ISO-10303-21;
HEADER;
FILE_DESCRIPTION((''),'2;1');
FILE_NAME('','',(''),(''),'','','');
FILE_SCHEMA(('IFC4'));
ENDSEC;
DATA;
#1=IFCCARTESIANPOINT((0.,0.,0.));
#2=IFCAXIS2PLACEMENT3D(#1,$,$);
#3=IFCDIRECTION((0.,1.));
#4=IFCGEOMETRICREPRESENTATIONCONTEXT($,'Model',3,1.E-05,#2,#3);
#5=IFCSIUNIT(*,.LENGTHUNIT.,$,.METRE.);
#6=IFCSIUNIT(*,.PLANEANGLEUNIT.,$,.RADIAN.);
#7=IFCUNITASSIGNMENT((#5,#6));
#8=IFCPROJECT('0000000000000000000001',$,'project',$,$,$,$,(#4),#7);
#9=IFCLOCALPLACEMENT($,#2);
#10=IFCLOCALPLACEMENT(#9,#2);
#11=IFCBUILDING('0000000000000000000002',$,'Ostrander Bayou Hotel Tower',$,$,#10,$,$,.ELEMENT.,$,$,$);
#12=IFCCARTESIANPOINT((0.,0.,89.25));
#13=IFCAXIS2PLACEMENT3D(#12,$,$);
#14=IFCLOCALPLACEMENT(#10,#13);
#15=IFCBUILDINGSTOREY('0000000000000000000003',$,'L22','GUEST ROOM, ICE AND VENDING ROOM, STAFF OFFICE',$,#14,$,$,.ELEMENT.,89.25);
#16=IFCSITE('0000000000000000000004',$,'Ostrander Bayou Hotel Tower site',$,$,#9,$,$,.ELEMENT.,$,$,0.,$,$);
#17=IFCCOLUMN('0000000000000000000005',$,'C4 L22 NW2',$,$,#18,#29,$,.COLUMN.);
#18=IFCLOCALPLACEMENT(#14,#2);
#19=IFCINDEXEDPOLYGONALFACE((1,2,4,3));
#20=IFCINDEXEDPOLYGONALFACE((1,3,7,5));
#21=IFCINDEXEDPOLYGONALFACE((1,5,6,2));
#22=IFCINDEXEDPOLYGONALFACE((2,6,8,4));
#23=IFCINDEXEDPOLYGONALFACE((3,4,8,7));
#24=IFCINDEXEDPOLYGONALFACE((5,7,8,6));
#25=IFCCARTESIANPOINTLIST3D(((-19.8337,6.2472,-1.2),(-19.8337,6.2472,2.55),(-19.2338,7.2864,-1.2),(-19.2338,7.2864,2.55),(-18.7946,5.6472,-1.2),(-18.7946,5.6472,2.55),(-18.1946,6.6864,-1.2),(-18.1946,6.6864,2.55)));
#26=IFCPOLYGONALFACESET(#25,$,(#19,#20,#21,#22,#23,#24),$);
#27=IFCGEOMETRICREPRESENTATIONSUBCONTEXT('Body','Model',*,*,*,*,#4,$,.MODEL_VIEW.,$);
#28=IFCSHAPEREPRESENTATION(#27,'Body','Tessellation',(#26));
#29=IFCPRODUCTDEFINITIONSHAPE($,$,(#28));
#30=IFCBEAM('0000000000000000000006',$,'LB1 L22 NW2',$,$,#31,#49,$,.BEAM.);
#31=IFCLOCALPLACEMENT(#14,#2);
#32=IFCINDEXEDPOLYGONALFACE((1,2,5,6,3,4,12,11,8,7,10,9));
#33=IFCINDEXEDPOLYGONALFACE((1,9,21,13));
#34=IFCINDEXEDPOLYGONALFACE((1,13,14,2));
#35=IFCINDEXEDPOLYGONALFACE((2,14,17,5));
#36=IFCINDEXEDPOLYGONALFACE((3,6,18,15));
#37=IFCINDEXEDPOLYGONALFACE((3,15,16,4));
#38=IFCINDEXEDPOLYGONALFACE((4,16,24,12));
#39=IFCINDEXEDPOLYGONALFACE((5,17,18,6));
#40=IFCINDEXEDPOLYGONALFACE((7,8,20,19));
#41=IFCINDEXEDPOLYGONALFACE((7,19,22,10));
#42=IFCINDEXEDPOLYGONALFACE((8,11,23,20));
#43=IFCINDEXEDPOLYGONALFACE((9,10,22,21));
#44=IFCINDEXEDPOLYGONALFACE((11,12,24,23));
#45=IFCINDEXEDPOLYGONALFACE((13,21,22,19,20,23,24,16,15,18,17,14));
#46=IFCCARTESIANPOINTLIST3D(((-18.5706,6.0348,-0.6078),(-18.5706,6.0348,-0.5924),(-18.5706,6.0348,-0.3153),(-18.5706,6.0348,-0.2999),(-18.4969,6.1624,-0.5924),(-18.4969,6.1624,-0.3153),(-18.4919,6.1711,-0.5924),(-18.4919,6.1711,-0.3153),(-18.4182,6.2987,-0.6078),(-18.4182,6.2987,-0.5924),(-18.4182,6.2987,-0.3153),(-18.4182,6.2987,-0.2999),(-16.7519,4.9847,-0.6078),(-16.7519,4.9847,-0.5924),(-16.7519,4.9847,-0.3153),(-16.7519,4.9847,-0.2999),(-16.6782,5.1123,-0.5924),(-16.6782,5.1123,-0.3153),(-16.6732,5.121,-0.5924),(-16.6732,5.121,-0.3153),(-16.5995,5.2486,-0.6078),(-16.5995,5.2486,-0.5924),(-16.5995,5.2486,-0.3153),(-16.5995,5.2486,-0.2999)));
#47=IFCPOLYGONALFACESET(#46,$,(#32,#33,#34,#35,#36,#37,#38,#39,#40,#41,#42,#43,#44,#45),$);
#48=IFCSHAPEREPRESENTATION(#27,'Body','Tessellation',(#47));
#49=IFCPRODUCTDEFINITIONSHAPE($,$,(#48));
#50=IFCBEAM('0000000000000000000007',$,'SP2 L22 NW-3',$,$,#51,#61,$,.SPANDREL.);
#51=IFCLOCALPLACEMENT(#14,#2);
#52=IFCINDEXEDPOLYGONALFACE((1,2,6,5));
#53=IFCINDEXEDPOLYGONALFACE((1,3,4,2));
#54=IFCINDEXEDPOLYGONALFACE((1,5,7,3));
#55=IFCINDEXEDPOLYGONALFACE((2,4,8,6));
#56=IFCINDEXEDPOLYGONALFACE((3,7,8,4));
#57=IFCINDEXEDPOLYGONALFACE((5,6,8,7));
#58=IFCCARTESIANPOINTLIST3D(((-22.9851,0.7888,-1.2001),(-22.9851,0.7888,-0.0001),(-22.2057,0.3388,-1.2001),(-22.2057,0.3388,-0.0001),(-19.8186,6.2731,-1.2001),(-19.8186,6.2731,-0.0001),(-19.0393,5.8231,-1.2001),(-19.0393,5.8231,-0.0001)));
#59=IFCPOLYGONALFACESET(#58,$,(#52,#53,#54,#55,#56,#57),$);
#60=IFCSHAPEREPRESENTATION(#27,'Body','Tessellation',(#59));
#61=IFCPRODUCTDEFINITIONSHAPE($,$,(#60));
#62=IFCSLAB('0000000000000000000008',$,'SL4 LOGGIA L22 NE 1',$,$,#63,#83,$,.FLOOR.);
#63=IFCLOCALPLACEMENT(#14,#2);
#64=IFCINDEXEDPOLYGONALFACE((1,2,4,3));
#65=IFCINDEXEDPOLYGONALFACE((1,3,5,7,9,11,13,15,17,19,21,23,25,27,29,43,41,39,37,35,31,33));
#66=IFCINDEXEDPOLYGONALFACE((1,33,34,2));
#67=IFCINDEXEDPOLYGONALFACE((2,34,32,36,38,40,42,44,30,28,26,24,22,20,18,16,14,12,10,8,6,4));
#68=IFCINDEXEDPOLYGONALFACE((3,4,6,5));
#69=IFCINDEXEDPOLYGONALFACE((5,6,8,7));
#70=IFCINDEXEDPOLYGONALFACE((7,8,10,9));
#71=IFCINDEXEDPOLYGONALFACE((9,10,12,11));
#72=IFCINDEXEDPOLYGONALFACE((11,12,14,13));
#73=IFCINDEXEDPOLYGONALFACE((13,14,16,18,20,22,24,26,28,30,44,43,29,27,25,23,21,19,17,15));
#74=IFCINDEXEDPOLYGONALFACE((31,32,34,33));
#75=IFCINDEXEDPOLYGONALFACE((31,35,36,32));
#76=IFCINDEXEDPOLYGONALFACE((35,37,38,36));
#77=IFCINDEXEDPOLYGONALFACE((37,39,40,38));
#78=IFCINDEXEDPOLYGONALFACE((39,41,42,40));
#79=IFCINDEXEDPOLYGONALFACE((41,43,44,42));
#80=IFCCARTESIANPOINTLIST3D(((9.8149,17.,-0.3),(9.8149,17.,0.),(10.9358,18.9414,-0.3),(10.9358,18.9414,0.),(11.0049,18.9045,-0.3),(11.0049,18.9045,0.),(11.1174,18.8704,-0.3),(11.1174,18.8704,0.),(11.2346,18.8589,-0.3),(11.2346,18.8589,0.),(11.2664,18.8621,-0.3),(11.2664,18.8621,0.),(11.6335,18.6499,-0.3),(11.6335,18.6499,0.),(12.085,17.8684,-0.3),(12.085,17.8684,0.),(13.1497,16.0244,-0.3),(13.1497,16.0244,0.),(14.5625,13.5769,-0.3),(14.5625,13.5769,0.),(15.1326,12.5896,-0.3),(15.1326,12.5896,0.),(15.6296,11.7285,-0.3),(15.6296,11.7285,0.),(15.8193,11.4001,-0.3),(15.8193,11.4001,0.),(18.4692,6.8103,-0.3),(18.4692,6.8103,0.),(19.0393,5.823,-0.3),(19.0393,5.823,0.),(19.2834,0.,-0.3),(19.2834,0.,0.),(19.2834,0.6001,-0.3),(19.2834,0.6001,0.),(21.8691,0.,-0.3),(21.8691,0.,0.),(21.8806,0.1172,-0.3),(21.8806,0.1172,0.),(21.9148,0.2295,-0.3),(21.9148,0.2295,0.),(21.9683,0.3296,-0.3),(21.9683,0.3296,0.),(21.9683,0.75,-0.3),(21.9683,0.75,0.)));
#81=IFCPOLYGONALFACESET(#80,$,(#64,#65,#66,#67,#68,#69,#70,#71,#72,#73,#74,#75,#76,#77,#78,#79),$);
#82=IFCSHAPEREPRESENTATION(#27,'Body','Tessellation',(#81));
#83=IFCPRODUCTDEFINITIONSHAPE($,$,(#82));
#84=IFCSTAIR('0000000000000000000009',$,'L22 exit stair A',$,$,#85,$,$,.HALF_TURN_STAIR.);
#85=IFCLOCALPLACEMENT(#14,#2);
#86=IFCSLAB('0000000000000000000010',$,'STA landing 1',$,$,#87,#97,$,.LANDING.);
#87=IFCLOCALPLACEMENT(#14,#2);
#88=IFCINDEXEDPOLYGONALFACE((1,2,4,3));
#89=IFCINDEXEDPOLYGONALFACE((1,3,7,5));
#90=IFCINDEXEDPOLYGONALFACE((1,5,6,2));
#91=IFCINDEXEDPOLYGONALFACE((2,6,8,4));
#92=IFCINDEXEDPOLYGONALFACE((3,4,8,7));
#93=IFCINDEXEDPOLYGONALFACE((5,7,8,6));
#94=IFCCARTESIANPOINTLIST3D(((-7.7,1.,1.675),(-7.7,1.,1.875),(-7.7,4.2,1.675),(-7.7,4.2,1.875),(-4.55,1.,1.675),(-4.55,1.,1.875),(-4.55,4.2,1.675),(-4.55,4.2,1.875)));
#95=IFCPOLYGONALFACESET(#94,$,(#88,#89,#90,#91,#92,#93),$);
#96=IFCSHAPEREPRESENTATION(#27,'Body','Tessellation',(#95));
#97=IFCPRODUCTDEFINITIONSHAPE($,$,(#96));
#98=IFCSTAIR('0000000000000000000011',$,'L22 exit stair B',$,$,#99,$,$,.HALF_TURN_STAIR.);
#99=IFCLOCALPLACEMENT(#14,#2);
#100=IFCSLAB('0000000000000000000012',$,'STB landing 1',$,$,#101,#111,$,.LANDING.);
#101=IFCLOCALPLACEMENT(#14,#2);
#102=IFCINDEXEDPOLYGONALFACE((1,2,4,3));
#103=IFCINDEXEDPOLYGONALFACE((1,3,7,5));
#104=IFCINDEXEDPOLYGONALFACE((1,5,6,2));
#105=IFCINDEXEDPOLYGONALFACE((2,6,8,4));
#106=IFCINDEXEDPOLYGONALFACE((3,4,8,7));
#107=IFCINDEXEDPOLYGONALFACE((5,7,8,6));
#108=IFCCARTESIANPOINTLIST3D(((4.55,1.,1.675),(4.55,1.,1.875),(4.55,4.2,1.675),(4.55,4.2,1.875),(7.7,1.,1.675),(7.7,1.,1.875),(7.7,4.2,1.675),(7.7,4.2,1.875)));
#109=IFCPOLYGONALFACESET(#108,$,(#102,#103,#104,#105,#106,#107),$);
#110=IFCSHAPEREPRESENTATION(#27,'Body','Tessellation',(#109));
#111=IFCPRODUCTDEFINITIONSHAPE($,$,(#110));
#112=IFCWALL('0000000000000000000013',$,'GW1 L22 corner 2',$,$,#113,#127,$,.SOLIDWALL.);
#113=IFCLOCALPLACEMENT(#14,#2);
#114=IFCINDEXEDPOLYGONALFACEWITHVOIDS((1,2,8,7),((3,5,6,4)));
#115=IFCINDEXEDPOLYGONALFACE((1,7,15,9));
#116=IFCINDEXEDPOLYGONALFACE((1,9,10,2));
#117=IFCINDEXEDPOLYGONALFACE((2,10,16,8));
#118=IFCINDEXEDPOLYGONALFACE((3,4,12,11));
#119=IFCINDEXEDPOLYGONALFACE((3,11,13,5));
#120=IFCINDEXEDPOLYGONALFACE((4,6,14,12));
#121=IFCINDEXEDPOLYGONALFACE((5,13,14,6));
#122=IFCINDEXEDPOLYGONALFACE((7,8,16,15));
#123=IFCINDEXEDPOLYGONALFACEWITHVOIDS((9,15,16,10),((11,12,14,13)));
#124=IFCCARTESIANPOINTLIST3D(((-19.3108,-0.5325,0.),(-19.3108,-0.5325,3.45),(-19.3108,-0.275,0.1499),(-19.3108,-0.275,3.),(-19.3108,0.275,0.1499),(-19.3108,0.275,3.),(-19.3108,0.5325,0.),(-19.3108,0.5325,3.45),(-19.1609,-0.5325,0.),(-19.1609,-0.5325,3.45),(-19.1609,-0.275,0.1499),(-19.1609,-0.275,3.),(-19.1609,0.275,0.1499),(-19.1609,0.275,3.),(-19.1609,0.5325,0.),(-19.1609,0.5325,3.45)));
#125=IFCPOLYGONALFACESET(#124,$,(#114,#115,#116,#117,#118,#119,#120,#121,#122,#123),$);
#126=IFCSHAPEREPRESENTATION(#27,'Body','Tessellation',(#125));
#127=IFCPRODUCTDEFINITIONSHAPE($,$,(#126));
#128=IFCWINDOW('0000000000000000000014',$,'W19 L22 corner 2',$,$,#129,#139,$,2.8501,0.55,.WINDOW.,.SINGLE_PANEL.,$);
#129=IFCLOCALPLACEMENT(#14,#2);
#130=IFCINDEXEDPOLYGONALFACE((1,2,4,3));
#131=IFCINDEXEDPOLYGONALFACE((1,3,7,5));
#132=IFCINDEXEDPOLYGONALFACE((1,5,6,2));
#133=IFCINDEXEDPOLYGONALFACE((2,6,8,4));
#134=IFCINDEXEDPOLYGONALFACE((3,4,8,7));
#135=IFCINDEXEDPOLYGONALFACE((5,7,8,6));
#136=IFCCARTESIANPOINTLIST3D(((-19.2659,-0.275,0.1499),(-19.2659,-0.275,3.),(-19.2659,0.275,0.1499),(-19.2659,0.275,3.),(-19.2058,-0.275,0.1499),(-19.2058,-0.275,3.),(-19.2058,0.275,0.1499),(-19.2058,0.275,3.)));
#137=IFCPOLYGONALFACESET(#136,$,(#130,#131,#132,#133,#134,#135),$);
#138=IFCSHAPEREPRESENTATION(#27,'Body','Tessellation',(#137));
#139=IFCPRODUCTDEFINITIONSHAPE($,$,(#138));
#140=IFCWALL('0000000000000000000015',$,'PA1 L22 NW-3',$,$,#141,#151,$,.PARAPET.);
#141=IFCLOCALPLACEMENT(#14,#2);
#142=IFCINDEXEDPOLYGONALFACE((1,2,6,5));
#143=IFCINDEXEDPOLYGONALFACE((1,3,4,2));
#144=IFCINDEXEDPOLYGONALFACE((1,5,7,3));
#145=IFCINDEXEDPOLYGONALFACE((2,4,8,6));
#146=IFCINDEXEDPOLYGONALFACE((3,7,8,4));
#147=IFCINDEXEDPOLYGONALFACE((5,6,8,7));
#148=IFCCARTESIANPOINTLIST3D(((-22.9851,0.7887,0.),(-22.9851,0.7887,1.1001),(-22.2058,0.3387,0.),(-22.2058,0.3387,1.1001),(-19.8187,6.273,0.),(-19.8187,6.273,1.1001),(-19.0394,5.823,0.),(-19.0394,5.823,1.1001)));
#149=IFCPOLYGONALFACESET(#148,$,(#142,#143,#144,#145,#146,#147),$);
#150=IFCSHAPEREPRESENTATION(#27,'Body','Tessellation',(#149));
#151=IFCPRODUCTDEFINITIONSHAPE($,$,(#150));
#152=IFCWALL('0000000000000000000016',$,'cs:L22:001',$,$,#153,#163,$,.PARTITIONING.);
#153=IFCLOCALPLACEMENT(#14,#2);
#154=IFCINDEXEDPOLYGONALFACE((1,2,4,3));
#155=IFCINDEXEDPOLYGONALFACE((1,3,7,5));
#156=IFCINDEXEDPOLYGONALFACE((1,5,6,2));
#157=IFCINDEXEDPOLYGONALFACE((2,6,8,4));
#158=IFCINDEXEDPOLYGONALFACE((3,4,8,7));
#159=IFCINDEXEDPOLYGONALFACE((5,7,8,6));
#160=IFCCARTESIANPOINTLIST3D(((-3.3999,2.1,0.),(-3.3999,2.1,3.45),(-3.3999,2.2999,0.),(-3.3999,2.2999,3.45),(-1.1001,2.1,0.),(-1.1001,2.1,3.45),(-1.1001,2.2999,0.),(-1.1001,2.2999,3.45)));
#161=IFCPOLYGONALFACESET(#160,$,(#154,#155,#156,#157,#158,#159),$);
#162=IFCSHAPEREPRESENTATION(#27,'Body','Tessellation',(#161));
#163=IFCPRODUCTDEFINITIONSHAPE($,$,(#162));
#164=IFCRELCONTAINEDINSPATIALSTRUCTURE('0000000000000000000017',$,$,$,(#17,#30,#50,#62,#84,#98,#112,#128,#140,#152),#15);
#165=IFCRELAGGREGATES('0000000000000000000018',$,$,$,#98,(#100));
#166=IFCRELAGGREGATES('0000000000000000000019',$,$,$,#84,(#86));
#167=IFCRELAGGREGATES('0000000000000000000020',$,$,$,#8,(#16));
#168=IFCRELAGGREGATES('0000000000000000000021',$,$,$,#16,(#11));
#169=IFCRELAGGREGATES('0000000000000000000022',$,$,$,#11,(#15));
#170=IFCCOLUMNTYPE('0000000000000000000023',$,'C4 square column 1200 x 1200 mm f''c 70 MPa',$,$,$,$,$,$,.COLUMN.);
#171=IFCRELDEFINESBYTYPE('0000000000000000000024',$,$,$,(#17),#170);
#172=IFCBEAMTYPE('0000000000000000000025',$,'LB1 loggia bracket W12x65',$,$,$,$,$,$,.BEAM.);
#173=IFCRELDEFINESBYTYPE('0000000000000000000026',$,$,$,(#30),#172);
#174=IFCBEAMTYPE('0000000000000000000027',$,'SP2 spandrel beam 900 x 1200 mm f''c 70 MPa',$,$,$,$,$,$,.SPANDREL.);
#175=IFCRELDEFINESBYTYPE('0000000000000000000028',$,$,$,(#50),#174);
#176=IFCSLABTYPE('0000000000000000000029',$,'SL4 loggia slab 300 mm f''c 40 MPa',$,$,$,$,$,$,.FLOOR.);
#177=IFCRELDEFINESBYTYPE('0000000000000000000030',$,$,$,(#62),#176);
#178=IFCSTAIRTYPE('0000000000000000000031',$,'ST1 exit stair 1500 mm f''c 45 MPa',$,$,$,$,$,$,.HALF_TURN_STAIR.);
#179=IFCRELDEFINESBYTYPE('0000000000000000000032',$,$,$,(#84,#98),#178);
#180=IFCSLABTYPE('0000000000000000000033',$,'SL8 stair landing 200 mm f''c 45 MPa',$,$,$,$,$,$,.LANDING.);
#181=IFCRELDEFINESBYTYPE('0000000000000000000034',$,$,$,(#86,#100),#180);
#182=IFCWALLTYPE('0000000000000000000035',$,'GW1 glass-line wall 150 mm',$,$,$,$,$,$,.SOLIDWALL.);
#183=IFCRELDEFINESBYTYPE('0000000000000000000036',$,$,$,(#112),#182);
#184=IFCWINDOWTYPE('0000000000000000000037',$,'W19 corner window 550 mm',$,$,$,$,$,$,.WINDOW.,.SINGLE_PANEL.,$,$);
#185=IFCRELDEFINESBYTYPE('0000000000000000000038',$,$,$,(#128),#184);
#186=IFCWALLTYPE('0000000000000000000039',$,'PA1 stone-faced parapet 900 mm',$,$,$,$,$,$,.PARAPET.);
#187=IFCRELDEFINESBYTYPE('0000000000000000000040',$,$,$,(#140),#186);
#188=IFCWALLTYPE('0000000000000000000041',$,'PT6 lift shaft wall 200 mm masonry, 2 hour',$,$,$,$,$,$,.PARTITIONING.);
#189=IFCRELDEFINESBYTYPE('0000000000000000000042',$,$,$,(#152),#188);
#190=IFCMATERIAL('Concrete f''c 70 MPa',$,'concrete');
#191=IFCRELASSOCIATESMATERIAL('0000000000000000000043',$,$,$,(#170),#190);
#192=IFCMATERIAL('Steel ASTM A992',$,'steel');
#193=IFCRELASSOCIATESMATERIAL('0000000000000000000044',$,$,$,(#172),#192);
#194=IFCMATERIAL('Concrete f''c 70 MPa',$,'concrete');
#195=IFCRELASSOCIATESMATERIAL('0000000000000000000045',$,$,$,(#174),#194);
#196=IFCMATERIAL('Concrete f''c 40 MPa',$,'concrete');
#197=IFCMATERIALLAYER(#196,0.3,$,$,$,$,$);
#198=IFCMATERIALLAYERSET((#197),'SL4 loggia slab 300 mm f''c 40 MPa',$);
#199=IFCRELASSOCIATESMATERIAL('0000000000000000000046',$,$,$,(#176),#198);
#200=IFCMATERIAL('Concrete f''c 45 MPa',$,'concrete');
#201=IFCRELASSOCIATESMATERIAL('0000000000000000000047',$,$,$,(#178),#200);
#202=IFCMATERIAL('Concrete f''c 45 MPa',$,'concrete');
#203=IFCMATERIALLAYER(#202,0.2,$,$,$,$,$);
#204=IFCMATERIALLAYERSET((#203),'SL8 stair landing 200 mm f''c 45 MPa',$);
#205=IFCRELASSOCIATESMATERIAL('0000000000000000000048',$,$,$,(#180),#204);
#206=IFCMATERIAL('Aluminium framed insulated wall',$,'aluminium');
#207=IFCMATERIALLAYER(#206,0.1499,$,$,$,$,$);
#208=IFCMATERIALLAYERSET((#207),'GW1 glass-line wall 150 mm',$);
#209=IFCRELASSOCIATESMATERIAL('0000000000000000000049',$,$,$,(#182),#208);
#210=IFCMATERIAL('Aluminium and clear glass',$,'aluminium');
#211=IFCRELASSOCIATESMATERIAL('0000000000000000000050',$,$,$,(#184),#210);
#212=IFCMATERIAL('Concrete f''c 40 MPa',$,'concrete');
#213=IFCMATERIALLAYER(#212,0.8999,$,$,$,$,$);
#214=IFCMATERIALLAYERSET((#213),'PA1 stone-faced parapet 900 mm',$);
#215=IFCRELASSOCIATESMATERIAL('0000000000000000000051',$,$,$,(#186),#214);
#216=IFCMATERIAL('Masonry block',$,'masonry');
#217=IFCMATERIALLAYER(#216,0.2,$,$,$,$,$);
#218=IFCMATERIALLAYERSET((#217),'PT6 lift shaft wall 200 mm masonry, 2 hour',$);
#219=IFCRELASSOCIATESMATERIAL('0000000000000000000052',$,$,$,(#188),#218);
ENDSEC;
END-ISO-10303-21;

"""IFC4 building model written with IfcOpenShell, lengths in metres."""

from ifc_helpers import new_model, si_unit, direction, frame, frame_2d, origin, origin_2d, place, context, subcontext, project, spatial, polyline, rectangle, i_section, outline, extrude, material, layer, layer_set, material_profile, profile_set, type_object, element, fill, aggregate, save


model = new_model("IFC4")

# Units and contexts
model_context = context("Model", 3, precision=1e-05, world=origin(), true_north=direction((0.0, 1.0)))
body_context = subcontext(model_context, "Body", "Model", "MODEL_VIEW")
ifc_project = project(units=[si_unit("LENGTHUNIT", "METRE"), si_unit("PLANEANGLEUNIT", "RADIAN")], contexts=[model_context])

# Site, building, storey
site_placement = place(None, origin())
site = spatial("IfcSite", under=ifc_project, at=site_placement, Name="Ostrander Bayou Hotel Tower site", CompositionType="ELEMENT", RefElevation=0.0)
building_placement = place(site_placement, origin())
building = spatial("IfcBuilding", under=site, at=building_placement, Name="Ostrander Bayou Hotel Tower", CompositionType="ELEMENT")
storey_placement = place(building_placement, frame((0.0, 0.0, 89.25)))
storey = spatial("IfcBuildingStorey", under=building, at=storey_placement, Name="L22", Description="GUEST ROOM, ICE AND VENDING ROOM, STAFF OFFICE", CompositionType="ELEMENT", Elevation=89.25)

# Column
ifc_material_1 = material(Name="Concrete f'c 70 MPa", Category="concrete")
ifc_material_profile_1 = material_profile(ifc_material_1, rectangle(XDim=1.2, YDim=1.2, at=origin_2d()))
ifc_profile_set_1 = profile_set([ifc_material_profile_1], Name="Concrete f'c 70 MPa")
column_type = type_object("IfcColumnType", Name="C4 square column 1200 x 1200 mm f'c 70 MPa", PredefinedType="COLUMN", material=ifc_profile_set_1)
column_placement = place(storey_placement, frame((-19.0142, 6.4668, -1.2), z_axis=(0.0, 0.0, 1.0), x_axis=(0.5, 0.866025, 0.0)))
element("IfcColumn", 1, at=column_placement, inside=storey, type_object=column_type, Name="C4 L22 NW2", PredefinedType="COLUMN", context=body_context, shape_type="SweptSolid", body=[
    extrude(rectangle(XDim=1.2, YDim=1.2, at=origin_2d()), origin(), (0.0, 0.0, 1.0), 3.75),
])

# Beams
ifc_material_2 = material(Name="Steel ASTM A992", Category="steel")
ifc_material_profile_2 = material_profile(ifc_material_2, i_section(OverallWidth=0.3047, OverallDepth=0.3079, WebThickness=0.01, FlangeThickness=0.0154, at=origin_2d()))
ifc_profile_set_2 = profile_set([ifc_material_profile_2], Name="Steel ASTM A992")
beam_type_1 = type_object("IfcBeamType", Name="LB1 loggia bracket W12x65", PredefinedType="BEAM", material=ifc_profile_set_2)
beam_1_placement = place(storey_placement, frame((-18.4944, 6.1667, -0.4539), z_axis=(0.866009, -0.500028, 0.0), x_axis=(0.500028, 0.866009, 0.0)))
element("IfcBeam", 2, at=beam_1_placement, inside=storey, type_object=beam_type_1, Name="LB1 L22 NW2", PredefinedType="BEAM", context=body_context, shape_type="SweptSolid", body=[
    extrude(i_section(OverallWidth=0.3047, OverallDepth=0.3079, WebThickness=0.01, FlangeThickness=0.0154, at=origin_2d()), origin(), (0.0, 0.0, 1.0), 2.1001),
])
ifc_material_3 = material(Name="Concrete f'c 70 MPa", Category="concrete")
ifc_material_profile_3 = material_profile(ifc_material_3, rectangle(XDim=0.8999, YDim=1.2, at=origin_2d()))
ifc_profile_set_3 = profile_set([ifc_material_profile_3], Name="Concrete f'c 70 MPa")
beam_type_2 = type_object("IfcBeamType", Name="SP2 spandrel beam 900 x 1200 mm f'c 70 MPa", PredefinedType="SPANDREL", material=ifc_profile_set_3)
beam_2_placement = place(storey_placement, frame((-19.429, 6.0481, -0.6001), z_axis=(-0.500012, -0.866019, 0.0), x_axis=(0.866019, -0.500012, 0.0)))
element("IfcBeam", 3, at=beam_2_placement, inside=storey, type_object=beam_type_2, Name="SP2 L22 NW-3", PredefinedType="SPANDREL", context=body_context, shape_type="SweptSolid", body=[
    extrude(rectangle(XDim=0.8999, YDim=1.2, at=origin_2d()), origin(), (0.0, 0.0, 1.0), 6.3328),
])

# Slab
ifc_material_4 = material(Name="Concrete f'c 40 MPa", Category="concrete")
ifc_layer_1 = layer(ifc_material_4, 0.3)
ifc_layer_set_1 = layer_set([ifc_layer_1], Name="SL4 loggia slab 300 mm f'c 40 MPa")
slab_type_1 = type_object("IfcSlabType", Name="SL4 loggia slab 300 mm f'c 40 MPa", PredefinedType="FLOOR", material=ifc_layer_set_1)
slab_1_placement = place(storey_placement, frame((0.0, 0.0, -0.3)))
element("IfcSlab", 4, at=slab_1_placement, inside=storey, type_object=slab_type_1, Name="SL4 LOGGIA L22 NE 1", PredefinedType="FLOOR", context=body_context, shape_type="SweptSolid", body=[
    extrude(outline(polyline([(10.9358, 18.9414), (11.0049, 18.9045), (11.1174, 18.8704), (11.2346, 18.8589), (11.2664, 18.8621), (11.6335, 18.6499), (12.085, 17.8684), (13.1497, 16.0244), (14.5625, 13.5769), (15.1326, 12.5896), (15.6296, 11.7285), (15.8193, 11.4001), (18.4692, 6.8103), (19.0393, 5.823), (21.9683, 0.75), (21.9683, 0.3296), (21.9148, 0.2295), (21.8806, 0.1172), (21.8691, 0.0), (19.2834, 0.0), (19.2834, 0.6001), (9.8149, 17.0), (10.9358, 18.9414)])), origin(), (0.0, 0.0, 1.0), 0.3),
])

# Stairs, slabs
ifc_material_5 = material(Name="Concrete f'c 45 MPa", Category="concrete")
stair_type = type_object("IfcStairType", Name="ST1 exit stair 1500 mm f'c 45 MPa", PredefinedType="HALF_TURN_STAIR", material=ifc_material_5)
stair_1_placement = place(storey_placement, origin())
stair_1 = element("IfcStair", 5, at=stair_1_placement, inside=storey, type_object=stair_type, Name="L22 exit stair A", PredefinedType="HALF_TURN_STAIR")
ifc_material_6 = material(Name="Concrete f'c 45 MPa", Category="concrete")
ifc_layer_2 = layer(ifc_material_6, 0.2)
ifc_layer_set_2 = layer_set([ifc_layer_2], Name="SL8 stair landing 200 mm f'c 45 MPa")
slab_type_2 = type_object("IfcSlabType", Name="SL8 stair landing 200 mm f'c 45 MPa", PredefinedType="LANDING", material=ifc_layer_set_2)
slab_2_placement = place(storey_placement, frame((0.0, 0.0, 1.675)))
slab_2 = element("IfcSlab", 6, at=slab_2_placement, type_object=slab_type_2, Name="STA landing 1", PredefinedType="LANDING", context=body_context, shape_type="SweptSolid", body=[
    extrude(outline(polyline([(-7.7, 4.2), (-7.7, 1.0), (-4.55, 1.0), (-4.55, 4.2), (-7.7, 4.2)])), origin(), (0.0, 0.0, 1.0), 0.2),
])
stair_2_placement = place(storey_placement, origin())
stair_2 = element("IfcStair", 7, at=stair_2_placement, inside=storey, type_object=stair_type, Name="L22 exit stair B", PredefinedType="HALF_TURN_STAIR")
slab_3_placement = place(storey_placement, frame((0.0, 0.0, 1.675)))
slab_3 = element("IfcSlab", 8, at=slab_3_placement, type_object=slab_type_2, Name="STB landing 1", PredefinedType="LANDING", context=body_context, shape_type="SweptSolid", body=[
    extrude(outline(polyline([(4.55, 4.2), (4.55, 1.0), (7.7, 1.0), (7.7, 4.2), (4.55, 4.2)])), origin(), (0.0, 0.0, 1.0), 0.2),
])
aggregate(stair_2, [slab_3])

# Wall, opening, window
ifc_material_7 = material(Name="Aluminium framed insulated wall", Category="aluminium")
ifc_layer_3 = layer(ifc_material_7, 0.1499)
ifc_layer_set_3 = layer_set([ifc_layer_3], Name="GW1 glass-line wall 150 mm")
wall_type_1 = type_object("IfcWallType", Name="GW1 glass-line wall 150 mm", PredefinedType="SOLIDWALL", material=ifc_layer_set_3)
wall_1_placement = place(storey_placement, frame((-19.2358, 0.5325, 0.0), z_axis=(0.0, 0.0, 1.0), x_axis=(0.0, -1.0, 0.0)))
wall_1 = element("IfcWall", 9, at=wall_1_placement, inside=storey, type_object=wall_type_1, Name="GW1 L22 corner 2", PredefinedType="SOLIDWALL", context=body_context, shape_type="SweptSolid", body=[
    extrude(rectangle(XDim=1.0649, YDim=0.1499, at=frame_2d((0.5325, 0.0))), origin(), (0.0, 0.0, 1.0), 3.45),
])
opening_1_placement = place(wall_1_placement, frame((0.2576, 0.0, 0.1499)))
opening_1 = element("IfcOpeningElement", 10, at=opening_1_placement, cuts=wall_1, PredefinedType="OPENING", context=body_context, shape_type="SweptSolid", body=[
    extrude(rectangle(XDim=0.55, YDim=2.8501, at=frame_2d((0.2749, 1.425))), frame((0.0, 0.075, 0.0), z_axis=(0.0, -1.0, 0.0), x_axis=(1.0, 0.0, 0.0)), (0.0, 0.0, 1.0), 0.1499),
])
ifc_material_8 = material(Name="Aluminium and clear glass", Category="aluminium")
window_type = type_object("IfcWindowType", Name="W19 corner window 550 mm", PartitioningType="SINGLE_PANEL", PredefinedType="WINDOW", material=ifc_material_8)
window_placement = place(opening_1_placement, origin())
window = element("IfcWindow", 11, at=window_placement, inside=storey, type_object=window_type, Name="W19 L22 corner 2", OverallHeight=2.8501, OverallWidth=0.55, PartitioningType="SINGLE_PANEL", PredefinedType="WINDOW", context=body_context, shape_type="SweptSolid", body=[
    extrude(rectangle(XDim=0.55, YDim=2.8501, at=frame_2d((0.2749, 1.425))), frame((0.0, 0.03, 0.0), z_axis=(0.0, -1.0, 0.0), x_axis=(1.0, 0.0, 0.0)), (0.0, 0.0, 1.0), 0.0601),
])
fill(opening_1, window)

# Wall
ifc_material_9 = material(Name="Concrete f'c 40 MPa", Category="concrete")
ifc_layer_4 = layer(ifc_material_9, 0.8999)
ifc_layer_set_4 = layer_set([ifc_layer_4], Name="PA1 stone-faced parapet 900 mm")
wall_type_2 = type_object("IfcWallType", Name="PA1 stone-faced parapet 900 mm", PredefinedType="PARAPET", material=ifc_layer_set_4)
wall_2_placement = place(storey_placement, frame((-19.429, 6.0481, 0.0), z_axis=(0.0, 0.0, 1.0), x_axis=(-0.500012, -0.866019, 0.0)))
element("IfcWall", 12, at=wall_2_placement, inside=storey, type_object=wall_type_2, Name="PA1 L22 NW-3", PredefinedType="PARAPET", context=body_context, shape_type="SweptSolid", body=[
    extrude(rectangle(XDim=6.3328, YDim=0.8999, at=frame_2d((3.1665, 0.0))), origin(), (0.0, 0.0, 1.0), 1.1001),
])

# Wall
ifc_material_10 = material(Name="Masonry block", Category="masonry")
ifc_layer_5 = layer(ifc_material_10, 0.2)
ifc_layer_set_5 = layer_set([ifc_layer_5], Name="PT6 lift shaft wall 200 mm masonry, 2 hour")
wall_type_3 = type_object("IfcWallType", Name="PT6 lift shaft wall 200 mm masonry, 2 hour", PredefinedType="PARTITIONING", material=ifc_layer_set_5)
for number, where, z_axis, x_axis, name in (
    (13, (-3.3999, 2.2, 0.0), (0.0, 0.0, 1.0), (1.0, 0.0, 0.0), "cs:L22:001"),
):
    element("IfcWall", number, at=place(storey_placement, frame(where, z_axis=z_axis, x_axis=x_axis)), inside=storey, type_object=wall_type_3, Name=name, PredefinedType="PARTITIONING", context=body_context, shape_type="SweptSolid", body=[
        extrude(rectangle(XDim=2.2998, YDim=0.2, at=frame_2d((1.1499, 0.0))), origin(), (0.0, 0.0, 1.0), 3.45),
    ])

aggregate(stair_1, [slab_2])

save(model, "model.ifc")
